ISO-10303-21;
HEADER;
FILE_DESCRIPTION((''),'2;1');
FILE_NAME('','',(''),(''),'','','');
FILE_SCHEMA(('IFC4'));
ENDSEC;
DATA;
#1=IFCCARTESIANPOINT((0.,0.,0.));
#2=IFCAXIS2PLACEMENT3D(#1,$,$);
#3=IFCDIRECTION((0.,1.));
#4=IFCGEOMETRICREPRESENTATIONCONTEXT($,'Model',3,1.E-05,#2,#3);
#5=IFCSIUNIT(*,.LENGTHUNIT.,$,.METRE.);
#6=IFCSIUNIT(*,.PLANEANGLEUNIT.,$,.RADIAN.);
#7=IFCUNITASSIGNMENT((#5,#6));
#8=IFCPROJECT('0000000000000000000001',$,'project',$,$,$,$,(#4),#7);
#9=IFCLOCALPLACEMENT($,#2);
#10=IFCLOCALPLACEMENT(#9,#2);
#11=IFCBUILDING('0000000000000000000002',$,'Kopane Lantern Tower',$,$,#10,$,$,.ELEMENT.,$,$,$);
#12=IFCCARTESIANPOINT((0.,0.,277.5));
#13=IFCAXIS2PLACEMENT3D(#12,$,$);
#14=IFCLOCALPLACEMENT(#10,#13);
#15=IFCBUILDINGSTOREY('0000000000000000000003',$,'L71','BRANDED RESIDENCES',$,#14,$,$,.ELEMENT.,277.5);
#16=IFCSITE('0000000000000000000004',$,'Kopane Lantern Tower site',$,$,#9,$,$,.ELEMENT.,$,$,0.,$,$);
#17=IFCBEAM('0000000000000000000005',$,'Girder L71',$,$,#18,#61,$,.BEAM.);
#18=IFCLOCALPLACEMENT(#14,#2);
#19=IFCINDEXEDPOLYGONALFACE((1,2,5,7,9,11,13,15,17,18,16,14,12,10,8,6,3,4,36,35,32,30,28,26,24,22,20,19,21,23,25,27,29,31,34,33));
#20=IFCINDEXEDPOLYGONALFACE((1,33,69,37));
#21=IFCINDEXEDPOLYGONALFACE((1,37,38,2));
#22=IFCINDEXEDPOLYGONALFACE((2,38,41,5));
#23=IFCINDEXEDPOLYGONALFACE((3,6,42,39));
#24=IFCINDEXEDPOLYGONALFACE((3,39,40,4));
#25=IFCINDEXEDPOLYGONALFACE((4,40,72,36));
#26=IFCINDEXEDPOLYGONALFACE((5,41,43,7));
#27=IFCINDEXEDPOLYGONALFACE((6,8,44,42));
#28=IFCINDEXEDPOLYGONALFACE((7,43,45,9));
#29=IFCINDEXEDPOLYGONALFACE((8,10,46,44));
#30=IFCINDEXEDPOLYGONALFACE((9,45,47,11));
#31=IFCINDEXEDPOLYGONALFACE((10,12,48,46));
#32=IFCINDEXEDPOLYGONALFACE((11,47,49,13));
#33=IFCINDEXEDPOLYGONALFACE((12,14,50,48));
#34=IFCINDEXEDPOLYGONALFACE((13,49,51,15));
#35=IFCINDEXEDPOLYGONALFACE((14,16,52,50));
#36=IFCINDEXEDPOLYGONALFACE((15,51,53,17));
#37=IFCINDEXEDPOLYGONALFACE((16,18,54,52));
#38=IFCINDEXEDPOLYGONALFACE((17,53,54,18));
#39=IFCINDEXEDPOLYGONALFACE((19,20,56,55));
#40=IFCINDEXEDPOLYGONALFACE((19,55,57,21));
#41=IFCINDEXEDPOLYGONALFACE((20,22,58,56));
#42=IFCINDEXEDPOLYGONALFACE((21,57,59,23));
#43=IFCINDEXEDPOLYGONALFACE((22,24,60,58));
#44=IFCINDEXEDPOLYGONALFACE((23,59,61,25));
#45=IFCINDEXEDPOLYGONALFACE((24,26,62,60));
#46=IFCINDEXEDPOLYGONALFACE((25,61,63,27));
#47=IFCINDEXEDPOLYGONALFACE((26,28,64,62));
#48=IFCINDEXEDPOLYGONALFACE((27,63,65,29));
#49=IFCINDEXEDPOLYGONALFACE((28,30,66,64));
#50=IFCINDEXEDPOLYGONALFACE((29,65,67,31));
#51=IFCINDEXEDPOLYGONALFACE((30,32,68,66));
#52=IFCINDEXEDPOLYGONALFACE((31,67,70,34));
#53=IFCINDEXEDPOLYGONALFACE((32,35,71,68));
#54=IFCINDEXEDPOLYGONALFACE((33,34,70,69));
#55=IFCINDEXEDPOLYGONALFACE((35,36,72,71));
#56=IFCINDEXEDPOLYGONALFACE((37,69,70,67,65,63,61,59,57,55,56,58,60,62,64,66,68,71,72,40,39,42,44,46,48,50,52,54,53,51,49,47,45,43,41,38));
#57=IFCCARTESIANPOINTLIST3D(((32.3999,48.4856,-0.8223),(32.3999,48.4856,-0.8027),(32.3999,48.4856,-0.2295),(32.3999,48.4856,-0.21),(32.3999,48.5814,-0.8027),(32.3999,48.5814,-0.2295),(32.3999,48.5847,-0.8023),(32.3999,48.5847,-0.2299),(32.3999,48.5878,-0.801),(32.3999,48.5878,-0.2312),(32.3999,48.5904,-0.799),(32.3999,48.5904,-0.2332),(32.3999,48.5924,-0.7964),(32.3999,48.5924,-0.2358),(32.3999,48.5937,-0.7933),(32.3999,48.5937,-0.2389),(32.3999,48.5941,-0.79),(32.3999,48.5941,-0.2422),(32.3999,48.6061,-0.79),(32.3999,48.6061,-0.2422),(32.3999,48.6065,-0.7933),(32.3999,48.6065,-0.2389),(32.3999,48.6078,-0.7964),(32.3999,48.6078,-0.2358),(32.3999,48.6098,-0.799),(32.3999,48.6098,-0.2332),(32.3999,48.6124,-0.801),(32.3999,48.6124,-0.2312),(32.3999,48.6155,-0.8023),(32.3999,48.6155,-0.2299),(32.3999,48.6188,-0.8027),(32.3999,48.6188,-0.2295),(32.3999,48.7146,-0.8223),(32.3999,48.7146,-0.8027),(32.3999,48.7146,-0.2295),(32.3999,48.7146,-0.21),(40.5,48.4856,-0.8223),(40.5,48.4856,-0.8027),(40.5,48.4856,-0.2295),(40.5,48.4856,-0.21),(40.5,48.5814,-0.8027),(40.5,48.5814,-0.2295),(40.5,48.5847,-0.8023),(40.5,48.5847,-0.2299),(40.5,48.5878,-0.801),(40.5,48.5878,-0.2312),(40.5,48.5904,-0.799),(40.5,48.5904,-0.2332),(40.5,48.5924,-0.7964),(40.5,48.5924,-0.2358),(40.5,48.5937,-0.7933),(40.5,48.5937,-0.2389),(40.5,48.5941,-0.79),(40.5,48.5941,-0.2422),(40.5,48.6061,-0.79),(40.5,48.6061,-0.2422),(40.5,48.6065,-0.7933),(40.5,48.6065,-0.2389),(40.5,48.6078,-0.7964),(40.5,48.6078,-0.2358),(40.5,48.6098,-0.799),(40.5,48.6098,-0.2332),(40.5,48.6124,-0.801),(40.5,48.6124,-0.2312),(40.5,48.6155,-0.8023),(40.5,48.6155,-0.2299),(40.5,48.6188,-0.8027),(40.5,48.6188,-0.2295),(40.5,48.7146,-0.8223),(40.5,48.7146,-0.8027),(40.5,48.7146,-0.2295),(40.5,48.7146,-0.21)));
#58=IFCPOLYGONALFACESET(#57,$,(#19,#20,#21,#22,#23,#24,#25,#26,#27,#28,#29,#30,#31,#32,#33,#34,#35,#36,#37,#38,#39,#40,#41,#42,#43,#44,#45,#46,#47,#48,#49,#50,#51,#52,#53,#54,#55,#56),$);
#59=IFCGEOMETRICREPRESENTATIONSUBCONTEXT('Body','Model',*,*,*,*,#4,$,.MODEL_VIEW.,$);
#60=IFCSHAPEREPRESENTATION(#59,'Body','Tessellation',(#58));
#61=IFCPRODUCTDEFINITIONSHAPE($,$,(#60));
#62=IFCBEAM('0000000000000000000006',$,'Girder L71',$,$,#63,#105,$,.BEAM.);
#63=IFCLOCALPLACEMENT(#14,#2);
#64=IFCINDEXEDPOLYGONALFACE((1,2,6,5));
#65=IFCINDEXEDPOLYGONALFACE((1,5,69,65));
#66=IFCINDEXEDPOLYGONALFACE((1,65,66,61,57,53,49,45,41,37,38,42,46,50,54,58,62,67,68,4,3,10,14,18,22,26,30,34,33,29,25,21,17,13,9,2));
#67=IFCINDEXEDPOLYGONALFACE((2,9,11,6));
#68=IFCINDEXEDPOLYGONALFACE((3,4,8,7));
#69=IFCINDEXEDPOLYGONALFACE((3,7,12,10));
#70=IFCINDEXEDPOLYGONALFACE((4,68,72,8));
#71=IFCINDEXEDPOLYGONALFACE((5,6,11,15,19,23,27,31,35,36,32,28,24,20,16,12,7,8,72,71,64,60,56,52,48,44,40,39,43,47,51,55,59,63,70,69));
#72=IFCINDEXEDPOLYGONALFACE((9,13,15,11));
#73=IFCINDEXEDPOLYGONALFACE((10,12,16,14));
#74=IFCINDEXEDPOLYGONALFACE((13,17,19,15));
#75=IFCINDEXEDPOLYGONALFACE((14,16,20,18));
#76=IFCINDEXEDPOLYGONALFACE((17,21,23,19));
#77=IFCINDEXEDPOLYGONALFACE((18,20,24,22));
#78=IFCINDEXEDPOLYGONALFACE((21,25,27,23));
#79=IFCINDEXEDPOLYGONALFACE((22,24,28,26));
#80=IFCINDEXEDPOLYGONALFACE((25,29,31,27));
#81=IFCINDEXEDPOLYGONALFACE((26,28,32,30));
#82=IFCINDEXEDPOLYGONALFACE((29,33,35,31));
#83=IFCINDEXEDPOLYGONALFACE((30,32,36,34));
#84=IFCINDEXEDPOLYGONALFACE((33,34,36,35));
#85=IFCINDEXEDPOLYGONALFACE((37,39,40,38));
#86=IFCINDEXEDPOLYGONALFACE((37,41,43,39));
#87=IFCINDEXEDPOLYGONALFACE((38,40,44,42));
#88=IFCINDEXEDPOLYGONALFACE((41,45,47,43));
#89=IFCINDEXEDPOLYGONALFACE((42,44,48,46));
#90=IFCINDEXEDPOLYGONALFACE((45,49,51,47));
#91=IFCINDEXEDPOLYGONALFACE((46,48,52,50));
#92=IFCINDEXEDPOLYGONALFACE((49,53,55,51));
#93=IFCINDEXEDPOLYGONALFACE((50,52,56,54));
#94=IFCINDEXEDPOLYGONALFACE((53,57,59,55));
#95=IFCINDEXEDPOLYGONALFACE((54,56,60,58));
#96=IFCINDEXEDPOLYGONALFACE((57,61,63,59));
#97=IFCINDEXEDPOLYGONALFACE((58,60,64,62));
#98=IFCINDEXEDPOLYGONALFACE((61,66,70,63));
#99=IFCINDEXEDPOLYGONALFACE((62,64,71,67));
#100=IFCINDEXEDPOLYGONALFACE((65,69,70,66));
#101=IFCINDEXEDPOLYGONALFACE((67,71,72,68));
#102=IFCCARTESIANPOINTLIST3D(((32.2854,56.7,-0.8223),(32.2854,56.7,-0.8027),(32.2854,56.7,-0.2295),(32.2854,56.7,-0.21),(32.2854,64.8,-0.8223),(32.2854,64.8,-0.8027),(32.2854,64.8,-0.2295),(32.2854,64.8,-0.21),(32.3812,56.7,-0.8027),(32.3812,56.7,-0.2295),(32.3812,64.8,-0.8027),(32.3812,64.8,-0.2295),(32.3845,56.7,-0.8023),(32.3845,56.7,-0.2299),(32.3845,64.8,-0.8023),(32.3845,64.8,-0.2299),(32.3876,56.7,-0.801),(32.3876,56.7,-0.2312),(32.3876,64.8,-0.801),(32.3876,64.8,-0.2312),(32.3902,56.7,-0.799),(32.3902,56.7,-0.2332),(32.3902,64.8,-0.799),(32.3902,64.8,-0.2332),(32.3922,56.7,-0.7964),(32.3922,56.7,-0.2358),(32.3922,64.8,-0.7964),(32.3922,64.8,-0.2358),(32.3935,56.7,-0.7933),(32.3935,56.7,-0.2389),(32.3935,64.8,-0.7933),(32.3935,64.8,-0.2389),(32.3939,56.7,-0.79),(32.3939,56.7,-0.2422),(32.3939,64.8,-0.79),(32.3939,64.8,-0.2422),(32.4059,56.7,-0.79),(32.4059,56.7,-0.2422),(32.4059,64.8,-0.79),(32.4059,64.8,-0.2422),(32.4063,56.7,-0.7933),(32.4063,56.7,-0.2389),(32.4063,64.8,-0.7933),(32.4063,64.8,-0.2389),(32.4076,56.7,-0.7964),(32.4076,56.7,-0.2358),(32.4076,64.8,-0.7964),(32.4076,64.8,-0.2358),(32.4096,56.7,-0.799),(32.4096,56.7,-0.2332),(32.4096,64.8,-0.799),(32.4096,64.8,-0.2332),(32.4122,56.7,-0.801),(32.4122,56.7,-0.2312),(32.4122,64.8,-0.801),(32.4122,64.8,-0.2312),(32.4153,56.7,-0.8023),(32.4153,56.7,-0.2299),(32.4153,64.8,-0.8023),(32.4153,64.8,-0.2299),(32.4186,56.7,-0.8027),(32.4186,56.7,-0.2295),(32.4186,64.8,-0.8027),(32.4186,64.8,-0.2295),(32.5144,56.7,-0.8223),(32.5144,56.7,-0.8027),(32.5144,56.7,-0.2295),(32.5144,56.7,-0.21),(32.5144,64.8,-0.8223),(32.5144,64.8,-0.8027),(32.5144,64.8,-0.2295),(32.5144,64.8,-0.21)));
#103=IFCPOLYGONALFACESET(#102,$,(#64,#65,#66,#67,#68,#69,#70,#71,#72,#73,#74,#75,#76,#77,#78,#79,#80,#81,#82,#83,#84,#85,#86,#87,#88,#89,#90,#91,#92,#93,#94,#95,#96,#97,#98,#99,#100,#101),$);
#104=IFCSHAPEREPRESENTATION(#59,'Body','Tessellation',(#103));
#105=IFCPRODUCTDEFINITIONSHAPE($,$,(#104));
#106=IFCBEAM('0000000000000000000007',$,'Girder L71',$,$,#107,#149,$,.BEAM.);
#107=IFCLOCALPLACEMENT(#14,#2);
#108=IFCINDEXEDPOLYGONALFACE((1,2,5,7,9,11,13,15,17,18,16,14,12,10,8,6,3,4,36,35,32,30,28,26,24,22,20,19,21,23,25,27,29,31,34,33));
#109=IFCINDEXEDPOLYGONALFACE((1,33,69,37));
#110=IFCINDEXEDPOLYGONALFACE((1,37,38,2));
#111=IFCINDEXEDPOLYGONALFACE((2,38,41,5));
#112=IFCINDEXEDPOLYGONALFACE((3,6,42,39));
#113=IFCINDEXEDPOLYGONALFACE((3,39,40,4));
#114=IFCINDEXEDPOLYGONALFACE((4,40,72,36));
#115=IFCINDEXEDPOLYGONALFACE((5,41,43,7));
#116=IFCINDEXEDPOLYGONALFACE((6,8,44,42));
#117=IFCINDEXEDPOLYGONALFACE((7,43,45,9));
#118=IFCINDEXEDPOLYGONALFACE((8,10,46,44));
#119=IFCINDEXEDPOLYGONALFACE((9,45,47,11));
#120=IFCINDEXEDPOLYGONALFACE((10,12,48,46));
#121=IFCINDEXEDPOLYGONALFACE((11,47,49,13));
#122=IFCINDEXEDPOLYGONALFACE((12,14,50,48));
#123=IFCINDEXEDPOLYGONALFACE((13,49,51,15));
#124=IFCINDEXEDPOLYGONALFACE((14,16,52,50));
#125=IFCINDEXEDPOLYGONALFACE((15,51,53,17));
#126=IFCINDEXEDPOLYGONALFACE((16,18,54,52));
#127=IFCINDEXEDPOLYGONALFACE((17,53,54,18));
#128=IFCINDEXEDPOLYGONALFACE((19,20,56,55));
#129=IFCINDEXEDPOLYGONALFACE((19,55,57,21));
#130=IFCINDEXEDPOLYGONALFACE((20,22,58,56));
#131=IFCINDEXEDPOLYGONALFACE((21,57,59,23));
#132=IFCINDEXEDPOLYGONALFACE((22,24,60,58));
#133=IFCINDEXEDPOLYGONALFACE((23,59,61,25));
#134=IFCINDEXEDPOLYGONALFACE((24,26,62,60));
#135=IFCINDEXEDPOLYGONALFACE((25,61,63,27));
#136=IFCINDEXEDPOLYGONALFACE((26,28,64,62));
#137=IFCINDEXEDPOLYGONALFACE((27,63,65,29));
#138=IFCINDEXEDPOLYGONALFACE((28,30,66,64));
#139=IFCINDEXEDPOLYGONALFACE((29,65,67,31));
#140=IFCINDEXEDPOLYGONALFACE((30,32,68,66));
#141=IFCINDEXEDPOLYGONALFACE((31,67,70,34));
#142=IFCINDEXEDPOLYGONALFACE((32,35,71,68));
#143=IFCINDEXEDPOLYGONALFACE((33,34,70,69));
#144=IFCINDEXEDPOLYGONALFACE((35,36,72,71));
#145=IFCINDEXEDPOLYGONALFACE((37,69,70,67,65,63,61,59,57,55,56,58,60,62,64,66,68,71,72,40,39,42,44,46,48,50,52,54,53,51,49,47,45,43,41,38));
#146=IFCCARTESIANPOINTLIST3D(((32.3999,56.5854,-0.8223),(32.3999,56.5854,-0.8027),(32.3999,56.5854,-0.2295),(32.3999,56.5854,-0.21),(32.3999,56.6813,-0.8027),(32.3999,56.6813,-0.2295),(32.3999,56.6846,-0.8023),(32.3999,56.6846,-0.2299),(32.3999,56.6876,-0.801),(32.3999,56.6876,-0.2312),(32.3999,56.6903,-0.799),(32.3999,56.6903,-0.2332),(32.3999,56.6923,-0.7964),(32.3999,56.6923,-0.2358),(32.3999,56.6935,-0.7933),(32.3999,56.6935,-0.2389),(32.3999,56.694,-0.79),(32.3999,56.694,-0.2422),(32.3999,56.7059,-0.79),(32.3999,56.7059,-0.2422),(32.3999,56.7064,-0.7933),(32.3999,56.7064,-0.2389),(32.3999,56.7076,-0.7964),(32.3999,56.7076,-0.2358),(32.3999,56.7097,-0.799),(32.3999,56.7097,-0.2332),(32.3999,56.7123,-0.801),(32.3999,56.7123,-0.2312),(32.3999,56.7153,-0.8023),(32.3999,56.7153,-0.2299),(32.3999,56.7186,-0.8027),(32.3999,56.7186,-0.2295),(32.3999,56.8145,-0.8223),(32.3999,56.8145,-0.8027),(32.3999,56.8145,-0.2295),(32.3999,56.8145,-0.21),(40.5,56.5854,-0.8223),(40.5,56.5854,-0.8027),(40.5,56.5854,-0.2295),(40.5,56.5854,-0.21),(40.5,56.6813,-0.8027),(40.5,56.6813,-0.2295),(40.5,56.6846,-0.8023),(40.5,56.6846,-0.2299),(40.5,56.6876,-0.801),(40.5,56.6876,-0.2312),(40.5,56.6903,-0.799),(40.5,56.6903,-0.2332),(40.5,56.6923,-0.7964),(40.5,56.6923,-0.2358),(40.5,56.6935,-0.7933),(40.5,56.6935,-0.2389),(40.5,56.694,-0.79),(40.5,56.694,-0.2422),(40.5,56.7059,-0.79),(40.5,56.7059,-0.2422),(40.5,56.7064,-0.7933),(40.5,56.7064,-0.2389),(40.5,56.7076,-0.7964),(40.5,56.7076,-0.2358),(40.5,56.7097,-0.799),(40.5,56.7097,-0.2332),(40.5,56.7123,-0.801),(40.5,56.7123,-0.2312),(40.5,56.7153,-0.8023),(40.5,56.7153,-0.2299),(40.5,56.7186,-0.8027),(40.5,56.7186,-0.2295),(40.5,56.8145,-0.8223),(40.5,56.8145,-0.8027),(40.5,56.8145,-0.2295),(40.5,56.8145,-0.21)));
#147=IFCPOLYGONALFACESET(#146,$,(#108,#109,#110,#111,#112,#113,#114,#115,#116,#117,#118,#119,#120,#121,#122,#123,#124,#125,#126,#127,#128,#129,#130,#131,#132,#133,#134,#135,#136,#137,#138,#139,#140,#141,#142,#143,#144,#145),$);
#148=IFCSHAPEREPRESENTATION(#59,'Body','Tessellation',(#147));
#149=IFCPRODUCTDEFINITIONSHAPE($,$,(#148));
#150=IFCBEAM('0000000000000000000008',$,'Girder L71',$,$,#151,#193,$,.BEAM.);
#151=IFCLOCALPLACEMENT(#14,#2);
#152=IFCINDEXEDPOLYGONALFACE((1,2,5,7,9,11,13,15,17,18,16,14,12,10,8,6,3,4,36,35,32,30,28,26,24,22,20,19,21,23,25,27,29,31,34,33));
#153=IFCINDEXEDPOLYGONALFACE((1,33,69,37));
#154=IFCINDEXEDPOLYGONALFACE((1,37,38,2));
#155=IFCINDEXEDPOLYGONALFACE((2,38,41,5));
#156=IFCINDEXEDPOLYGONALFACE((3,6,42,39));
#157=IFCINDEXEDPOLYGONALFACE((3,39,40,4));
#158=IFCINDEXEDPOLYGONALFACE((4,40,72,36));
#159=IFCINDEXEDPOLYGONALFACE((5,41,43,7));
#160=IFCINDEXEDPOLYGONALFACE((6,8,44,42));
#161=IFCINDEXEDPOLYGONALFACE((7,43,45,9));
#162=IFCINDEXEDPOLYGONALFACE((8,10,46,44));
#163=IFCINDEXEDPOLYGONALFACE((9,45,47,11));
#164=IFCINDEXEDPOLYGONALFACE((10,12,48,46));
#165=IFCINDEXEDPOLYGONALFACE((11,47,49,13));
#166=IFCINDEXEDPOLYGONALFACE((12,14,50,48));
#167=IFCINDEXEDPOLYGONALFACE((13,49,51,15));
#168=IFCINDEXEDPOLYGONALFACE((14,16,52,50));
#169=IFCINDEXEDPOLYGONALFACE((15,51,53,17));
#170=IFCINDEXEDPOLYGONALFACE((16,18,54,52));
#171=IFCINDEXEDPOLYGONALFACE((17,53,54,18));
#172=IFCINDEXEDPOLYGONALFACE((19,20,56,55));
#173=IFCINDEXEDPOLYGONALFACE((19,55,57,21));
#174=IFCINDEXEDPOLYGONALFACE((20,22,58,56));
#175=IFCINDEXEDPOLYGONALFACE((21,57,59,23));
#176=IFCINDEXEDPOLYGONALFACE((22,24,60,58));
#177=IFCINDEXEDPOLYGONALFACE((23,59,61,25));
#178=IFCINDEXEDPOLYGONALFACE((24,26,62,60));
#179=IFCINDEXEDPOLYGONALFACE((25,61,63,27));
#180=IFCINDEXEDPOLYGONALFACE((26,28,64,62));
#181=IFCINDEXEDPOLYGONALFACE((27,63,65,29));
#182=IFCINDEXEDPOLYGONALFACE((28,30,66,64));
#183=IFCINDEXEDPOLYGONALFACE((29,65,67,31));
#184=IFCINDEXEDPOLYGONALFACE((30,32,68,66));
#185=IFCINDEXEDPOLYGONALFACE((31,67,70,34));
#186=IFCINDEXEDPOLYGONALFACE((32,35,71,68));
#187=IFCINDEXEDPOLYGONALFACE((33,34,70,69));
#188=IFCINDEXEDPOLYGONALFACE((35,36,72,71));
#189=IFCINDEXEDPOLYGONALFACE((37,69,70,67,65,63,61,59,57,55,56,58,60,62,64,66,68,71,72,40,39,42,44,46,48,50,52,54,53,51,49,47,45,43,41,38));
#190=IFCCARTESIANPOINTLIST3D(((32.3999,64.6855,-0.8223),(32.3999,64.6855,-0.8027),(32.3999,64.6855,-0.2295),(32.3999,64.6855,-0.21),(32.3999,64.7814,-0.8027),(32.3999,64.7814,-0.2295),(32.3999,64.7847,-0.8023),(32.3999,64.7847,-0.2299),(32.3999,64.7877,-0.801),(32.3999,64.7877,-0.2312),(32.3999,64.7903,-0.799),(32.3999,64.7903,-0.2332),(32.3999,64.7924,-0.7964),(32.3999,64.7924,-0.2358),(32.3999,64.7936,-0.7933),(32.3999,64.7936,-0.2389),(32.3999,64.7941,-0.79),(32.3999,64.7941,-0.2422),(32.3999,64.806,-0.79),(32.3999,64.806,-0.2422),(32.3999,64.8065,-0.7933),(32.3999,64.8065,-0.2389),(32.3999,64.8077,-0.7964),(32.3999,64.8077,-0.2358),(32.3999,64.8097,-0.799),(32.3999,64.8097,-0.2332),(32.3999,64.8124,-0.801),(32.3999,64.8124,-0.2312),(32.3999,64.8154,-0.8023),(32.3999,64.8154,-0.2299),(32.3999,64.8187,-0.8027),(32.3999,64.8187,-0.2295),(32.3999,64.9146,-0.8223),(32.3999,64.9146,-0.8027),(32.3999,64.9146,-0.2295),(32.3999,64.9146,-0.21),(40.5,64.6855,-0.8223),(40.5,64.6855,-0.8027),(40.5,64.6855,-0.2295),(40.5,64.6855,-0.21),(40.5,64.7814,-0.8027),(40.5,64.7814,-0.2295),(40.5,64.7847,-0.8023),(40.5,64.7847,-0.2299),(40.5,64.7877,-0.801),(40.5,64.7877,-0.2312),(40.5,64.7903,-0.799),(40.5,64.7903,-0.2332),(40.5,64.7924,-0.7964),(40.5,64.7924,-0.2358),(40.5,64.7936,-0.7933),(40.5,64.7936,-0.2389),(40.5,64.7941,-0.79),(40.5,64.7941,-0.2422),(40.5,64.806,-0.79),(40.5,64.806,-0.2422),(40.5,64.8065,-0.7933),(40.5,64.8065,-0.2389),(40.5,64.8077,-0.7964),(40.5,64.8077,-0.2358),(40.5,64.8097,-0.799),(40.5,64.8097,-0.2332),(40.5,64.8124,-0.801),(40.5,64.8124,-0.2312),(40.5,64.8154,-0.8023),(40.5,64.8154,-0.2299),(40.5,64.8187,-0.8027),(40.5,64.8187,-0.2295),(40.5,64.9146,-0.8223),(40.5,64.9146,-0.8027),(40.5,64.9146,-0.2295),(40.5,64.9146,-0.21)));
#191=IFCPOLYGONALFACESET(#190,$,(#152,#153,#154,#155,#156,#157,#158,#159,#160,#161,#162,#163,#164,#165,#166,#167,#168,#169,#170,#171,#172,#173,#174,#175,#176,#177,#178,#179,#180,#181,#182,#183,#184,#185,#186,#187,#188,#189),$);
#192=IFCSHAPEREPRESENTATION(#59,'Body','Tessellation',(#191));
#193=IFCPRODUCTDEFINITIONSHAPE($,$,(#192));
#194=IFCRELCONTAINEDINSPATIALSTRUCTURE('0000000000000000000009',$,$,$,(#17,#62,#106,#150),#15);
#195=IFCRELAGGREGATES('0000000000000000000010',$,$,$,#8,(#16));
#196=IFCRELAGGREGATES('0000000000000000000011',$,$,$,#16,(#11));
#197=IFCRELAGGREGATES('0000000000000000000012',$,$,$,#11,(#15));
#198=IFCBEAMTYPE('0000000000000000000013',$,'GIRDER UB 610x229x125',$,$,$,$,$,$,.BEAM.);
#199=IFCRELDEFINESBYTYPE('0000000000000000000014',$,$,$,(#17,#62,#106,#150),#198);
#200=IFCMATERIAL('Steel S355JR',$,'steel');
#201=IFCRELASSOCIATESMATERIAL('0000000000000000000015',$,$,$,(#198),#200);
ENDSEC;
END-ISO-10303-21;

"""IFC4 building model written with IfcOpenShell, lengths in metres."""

from ifc_helpers import new_model, si_unit, direction, frame, origin, origin_2d, place, context, subcontext, project, spatial, i_section, extrude, material, material_profile, profile_set, type_object, element, save


model = new_model("IFC4")

# Units and contexts
model_context = context("Model", 3, precision=1e-05, world=origin(), true_north=direction((0.0, 1.0)))
body_context = subcontext(model_context, "Body", "Model", "MODEL_VIEW")
ifc_project = project(units=[si_unit("LENGTHUNIT", "METRE"), si_unit("PLANEANGLEUNIT", "RADIAN")], contexts=[model_context])

# Site, building, storey
site_placement = place(None, origin())
site = spatial("IfcSite", under=ifc_project, at=site_placement, Name="Kopane Lantern Tower site", CompositionType="ELEMENT", RefElevation=0.0)
building_placement = place(site_placement, origin())
building = spatial("IfcBuilding", under=site, at=building_placement, Name="Kopane Lantern Tower", CompositionType="ELEMENT")
storey_placement = place(building_placement, frame((0.0, 0.0, 277.5)))
storey = spatial("IfcBuildingStorey", under=building, at=storey_placement, Name="L71", Description="BRANDED RESIDENCES", CompositionType="ELEMENT", Elevation=277.5)

# Beams
ifc_material_1 = material(Name="Steel S355JR", Category="steel")
ifc_material_profile_1 = material_profile(ifc_material_1, i_section(OverallWidth=0.229, OverallDepth=0.6123, WebThickness=0.012, FlangeThickness=0.0195, FilletRadius=0.0127, at=origin_2d()), Name="UB 610x229x125")
ifc_profile_set_1 = profile_set([ifc_material_profile_1], Name="Steel S355JR")
beam_type = type_object("IfcBeamType", Name="GIRDER UB 610x229x125", PredefinedType="BEAM", material=ifc_profile_set_1)
for number, where, z_axis, x_axis, name in (
    (1, (32.3999, 48.6001, -0.5161), (1.0, 0.0, 0.0), (0.0, 1.0, 0.0), "Girder L71"),
    (2, (32.3999, 56.7, -0.5161), (0.0, 1.0, 0.0), (-1.0, 0.0, 0.0), "Girder L71"),
    (3, (32.3999, 56.7, -0.5161), (1.0, 0.0, 0.0), (0.0, 1.0, 0.0), "Girder L71"),
    (4, (32.3999, 64.8, -0.5161), (1.0, 0.0, 0.0), (0.0, 1.0, 0.0), "Girder L71"),
):
    element("IfcBeam", number, at=place(storey_placement, frame(where, z_axis=z_axis, x_axis=x_axis)), inside=storey, type_object=beam_type, Name=name, PredefinedType="BEAM", context=body_context, shape_type="SweptSolid", body=[
        extrude(i_section(OverallWidth=0.229, OverallDepth=0.6123, WebThickness=0.012, FlangeThickness=0.0195, FilletRadius=0.0127, at=origin_2d()), origin(), (0.0, 0.0, 1.0), 8.1001),
    ])

save(model, "model.ifc")
